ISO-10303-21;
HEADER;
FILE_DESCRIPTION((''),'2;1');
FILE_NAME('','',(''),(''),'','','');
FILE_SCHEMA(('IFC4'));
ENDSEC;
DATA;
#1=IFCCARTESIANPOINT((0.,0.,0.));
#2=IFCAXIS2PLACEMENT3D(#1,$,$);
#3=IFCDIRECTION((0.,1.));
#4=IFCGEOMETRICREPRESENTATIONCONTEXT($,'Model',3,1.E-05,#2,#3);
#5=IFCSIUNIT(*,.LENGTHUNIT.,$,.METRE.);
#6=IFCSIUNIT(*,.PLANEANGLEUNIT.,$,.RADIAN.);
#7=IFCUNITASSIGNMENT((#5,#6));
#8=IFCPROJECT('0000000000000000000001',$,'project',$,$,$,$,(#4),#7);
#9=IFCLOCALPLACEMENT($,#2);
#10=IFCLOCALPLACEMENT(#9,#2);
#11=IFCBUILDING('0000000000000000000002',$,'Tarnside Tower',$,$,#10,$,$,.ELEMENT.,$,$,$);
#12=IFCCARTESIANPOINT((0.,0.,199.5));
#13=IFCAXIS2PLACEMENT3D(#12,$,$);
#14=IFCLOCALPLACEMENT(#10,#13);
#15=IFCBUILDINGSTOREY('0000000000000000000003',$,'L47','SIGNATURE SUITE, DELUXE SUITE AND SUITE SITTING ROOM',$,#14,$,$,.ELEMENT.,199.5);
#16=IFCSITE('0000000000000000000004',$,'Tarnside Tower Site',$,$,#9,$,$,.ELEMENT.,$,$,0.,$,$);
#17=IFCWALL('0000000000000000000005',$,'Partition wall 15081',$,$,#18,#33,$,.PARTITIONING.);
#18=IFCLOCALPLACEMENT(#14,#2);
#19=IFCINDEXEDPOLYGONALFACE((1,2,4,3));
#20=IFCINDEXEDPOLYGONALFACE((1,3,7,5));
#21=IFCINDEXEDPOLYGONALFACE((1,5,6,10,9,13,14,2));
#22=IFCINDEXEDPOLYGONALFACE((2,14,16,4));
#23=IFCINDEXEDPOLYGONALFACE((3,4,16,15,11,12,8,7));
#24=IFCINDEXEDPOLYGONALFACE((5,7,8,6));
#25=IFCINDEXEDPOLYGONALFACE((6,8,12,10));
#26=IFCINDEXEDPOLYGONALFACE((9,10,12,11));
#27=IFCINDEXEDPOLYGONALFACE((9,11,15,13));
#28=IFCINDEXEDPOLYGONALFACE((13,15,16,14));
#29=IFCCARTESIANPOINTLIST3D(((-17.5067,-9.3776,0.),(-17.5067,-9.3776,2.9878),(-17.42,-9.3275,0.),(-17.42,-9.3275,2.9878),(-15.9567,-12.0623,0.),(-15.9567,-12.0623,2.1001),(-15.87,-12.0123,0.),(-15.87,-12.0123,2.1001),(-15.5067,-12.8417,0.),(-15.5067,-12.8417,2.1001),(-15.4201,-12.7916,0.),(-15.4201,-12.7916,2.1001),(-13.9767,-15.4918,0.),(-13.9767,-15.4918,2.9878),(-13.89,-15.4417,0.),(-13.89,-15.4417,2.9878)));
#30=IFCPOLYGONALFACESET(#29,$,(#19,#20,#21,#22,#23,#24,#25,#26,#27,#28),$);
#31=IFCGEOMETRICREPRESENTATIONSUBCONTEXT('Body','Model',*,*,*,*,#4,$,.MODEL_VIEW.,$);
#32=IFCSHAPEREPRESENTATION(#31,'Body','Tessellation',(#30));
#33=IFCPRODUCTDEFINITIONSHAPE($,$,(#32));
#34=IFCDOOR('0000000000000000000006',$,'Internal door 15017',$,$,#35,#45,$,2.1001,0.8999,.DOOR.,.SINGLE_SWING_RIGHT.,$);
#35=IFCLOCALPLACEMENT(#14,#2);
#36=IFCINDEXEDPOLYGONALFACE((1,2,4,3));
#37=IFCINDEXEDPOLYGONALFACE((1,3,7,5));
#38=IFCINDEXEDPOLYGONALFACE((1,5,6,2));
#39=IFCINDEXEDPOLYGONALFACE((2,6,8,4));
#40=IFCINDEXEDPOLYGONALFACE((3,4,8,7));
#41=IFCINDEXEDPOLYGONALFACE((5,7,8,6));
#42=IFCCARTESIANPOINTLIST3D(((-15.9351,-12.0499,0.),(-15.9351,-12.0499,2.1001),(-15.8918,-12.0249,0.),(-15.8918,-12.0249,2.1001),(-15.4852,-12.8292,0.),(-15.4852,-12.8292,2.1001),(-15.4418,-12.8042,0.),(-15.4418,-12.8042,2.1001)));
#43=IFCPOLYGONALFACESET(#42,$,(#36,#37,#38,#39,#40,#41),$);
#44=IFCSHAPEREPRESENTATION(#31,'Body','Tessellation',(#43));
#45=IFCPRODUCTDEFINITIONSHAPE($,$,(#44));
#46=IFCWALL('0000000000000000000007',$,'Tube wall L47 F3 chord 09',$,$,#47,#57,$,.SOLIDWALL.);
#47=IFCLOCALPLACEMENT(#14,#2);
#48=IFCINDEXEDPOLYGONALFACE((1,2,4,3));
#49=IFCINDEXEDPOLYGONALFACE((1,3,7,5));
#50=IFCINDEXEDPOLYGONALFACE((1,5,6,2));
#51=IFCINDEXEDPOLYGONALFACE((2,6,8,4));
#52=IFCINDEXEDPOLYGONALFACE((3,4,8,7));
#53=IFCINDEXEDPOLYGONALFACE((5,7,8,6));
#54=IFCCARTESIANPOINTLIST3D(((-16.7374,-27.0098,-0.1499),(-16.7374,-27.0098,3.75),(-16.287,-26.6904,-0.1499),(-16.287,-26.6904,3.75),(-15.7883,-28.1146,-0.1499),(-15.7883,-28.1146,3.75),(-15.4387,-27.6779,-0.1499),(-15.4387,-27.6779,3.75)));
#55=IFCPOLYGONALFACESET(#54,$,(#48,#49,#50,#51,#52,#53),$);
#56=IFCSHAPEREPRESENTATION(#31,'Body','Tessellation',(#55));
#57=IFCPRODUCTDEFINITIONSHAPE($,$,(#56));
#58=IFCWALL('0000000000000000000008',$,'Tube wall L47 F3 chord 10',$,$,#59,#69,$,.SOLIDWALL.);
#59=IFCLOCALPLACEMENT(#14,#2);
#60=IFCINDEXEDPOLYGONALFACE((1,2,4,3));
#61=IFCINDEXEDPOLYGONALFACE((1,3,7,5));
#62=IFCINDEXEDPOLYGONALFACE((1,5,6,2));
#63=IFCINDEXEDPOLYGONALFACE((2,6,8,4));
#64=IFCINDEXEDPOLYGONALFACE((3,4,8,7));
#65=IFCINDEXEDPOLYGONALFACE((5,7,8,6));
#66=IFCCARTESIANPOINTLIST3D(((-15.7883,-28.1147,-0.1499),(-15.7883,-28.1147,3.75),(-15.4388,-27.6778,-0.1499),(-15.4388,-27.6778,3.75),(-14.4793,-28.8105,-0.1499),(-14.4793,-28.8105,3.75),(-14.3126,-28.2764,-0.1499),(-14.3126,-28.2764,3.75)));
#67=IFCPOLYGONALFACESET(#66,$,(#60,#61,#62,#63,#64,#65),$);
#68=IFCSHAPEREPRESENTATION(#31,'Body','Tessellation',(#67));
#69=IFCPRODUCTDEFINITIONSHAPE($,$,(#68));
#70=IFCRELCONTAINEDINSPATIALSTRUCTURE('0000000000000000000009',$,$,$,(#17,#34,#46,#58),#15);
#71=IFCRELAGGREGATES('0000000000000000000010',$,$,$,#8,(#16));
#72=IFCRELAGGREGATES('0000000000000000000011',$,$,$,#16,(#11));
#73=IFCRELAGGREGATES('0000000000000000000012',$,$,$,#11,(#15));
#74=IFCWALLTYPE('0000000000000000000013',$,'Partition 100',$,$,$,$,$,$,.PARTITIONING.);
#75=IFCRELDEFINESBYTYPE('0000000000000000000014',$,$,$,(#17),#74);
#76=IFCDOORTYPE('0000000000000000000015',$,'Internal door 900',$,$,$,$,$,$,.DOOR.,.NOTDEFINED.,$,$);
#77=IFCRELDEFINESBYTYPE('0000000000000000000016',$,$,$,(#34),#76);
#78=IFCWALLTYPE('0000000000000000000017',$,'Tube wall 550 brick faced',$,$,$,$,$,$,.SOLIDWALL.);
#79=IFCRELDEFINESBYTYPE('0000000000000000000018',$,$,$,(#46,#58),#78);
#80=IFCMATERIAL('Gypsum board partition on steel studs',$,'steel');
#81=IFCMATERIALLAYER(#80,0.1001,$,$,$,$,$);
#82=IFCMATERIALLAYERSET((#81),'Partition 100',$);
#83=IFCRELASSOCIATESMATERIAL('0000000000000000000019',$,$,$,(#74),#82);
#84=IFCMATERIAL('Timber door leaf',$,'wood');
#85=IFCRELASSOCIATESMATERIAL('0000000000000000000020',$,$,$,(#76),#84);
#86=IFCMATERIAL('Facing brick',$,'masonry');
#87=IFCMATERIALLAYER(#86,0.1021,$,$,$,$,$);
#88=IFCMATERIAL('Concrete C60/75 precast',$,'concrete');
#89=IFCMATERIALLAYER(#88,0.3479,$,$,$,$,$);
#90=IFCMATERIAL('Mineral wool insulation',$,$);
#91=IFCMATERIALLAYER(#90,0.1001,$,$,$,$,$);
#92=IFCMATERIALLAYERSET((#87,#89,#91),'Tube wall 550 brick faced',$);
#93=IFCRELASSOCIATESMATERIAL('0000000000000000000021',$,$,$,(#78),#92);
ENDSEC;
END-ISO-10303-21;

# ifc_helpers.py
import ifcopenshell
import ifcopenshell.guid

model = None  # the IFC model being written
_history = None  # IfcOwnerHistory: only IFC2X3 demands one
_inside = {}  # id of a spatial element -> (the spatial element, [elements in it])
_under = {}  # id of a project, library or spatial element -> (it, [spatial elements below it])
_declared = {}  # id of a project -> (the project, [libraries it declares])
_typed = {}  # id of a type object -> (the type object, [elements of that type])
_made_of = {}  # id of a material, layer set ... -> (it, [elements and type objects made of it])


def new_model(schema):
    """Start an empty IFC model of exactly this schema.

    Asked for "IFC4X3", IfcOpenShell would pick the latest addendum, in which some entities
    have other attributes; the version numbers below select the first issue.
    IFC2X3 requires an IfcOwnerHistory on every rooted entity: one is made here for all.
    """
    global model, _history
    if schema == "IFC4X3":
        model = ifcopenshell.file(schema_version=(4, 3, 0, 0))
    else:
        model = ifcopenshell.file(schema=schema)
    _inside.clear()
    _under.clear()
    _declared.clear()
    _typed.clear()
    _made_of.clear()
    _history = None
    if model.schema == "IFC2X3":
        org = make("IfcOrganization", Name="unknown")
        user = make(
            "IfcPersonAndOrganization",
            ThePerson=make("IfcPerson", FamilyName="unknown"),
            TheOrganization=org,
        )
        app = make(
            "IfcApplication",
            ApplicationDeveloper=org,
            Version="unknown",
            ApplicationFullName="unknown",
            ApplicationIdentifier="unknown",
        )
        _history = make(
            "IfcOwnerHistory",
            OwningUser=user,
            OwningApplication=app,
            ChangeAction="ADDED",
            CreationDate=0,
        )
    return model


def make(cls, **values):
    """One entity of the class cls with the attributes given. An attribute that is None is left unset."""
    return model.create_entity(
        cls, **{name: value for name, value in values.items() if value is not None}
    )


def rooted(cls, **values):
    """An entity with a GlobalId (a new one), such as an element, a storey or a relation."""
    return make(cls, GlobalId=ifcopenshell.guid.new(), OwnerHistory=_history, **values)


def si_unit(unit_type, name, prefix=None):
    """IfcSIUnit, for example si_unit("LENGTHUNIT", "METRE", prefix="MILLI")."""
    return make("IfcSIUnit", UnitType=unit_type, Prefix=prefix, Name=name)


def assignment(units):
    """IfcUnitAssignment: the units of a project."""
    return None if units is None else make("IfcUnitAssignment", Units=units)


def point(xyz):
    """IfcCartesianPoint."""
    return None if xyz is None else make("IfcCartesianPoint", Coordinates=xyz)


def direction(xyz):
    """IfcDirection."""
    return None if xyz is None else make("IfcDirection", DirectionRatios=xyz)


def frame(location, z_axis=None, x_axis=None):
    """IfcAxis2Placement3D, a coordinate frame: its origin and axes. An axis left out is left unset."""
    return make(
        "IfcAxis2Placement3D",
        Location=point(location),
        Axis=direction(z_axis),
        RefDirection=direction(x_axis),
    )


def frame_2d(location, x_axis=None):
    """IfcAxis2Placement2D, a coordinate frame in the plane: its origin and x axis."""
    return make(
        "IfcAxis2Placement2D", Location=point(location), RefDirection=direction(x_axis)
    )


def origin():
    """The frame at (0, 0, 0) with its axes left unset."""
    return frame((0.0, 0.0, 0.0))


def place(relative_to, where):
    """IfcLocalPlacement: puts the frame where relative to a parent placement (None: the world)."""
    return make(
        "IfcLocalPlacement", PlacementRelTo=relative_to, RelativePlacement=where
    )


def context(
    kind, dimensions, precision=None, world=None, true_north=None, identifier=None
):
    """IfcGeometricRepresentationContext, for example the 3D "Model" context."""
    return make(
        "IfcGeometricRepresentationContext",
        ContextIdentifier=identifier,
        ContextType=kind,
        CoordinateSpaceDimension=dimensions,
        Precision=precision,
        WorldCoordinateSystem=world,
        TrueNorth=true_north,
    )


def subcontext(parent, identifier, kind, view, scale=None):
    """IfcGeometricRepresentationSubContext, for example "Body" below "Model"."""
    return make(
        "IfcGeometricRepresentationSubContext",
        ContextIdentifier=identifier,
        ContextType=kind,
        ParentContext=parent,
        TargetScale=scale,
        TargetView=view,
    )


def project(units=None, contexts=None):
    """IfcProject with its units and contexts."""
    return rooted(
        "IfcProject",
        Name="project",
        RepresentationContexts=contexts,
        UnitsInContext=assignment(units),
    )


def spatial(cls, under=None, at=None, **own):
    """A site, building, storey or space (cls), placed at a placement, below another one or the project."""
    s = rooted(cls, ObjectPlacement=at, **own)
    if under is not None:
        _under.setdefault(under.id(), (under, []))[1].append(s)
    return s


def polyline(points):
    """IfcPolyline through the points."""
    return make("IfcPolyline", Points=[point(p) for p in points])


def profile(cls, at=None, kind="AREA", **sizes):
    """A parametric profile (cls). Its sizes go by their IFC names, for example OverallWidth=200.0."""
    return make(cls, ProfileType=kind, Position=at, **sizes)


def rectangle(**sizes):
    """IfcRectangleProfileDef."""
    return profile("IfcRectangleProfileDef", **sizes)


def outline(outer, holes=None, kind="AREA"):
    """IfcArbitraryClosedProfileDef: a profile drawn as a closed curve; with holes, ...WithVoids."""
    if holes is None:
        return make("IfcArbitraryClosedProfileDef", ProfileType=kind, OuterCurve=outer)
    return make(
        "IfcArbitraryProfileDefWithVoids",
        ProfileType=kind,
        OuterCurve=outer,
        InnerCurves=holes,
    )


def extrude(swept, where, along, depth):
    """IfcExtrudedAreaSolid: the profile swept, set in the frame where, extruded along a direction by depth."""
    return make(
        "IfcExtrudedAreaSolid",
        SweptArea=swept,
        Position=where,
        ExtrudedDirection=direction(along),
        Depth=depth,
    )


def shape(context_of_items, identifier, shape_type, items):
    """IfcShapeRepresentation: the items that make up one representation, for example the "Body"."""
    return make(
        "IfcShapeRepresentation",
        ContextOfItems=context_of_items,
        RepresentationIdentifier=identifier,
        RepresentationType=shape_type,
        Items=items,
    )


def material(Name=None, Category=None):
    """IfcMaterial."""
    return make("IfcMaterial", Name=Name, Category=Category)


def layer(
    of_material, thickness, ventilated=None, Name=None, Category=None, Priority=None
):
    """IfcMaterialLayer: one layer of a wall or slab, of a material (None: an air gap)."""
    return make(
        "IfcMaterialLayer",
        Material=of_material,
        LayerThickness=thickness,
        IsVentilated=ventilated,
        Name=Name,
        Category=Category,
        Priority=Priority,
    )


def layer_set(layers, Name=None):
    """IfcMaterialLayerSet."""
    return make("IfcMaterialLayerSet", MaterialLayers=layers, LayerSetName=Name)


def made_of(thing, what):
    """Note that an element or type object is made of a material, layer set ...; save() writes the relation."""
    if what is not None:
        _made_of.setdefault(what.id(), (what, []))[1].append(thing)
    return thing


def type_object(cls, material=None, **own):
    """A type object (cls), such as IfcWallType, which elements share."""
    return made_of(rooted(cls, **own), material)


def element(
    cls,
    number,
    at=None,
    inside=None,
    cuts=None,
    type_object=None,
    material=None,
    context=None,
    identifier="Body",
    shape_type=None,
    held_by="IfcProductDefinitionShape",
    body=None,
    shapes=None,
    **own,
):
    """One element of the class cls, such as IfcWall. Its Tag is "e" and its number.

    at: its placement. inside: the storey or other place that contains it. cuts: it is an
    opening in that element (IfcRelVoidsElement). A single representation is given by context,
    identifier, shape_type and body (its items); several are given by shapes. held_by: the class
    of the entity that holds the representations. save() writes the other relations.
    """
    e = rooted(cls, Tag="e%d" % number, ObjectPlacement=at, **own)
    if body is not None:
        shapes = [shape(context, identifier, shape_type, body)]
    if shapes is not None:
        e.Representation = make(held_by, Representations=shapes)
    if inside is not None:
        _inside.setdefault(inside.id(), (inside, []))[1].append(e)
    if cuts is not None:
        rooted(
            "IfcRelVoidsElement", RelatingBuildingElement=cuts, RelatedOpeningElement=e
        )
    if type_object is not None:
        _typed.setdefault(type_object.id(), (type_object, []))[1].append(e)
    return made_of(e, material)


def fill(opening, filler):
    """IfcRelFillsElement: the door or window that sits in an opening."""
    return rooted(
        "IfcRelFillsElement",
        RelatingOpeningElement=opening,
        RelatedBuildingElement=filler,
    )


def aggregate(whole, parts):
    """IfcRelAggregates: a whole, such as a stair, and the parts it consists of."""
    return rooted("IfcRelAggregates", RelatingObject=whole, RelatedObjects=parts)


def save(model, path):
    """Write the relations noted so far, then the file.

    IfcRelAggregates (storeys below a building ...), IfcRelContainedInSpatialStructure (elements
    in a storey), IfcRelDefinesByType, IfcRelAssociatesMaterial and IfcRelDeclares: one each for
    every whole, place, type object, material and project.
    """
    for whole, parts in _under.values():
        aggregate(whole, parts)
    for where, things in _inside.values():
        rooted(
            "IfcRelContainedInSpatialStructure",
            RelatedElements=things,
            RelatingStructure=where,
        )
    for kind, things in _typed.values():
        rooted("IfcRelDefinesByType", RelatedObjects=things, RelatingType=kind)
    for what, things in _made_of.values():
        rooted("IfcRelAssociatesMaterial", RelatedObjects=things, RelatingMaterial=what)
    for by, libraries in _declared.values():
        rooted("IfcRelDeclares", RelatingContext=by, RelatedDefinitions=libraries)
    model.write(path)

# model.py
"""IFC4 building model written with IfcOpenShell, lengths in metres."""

from ifc_helpers import new_model, si_unit, direction, frame, frame_2d, origin, place, context, subcontext, project, spatial, polyline, rectangle, outline, extrude, material, layer, layer_set, type_object, element, fill, save


model = new_model("IFC4")

# Units and contexts
model_context = context("Model", 3, precision=1e-05, world=origin(), true_north=direction((0.0, 1.0)))
body_context = subcontext(model_context, "Body", "Model", "MODEL_VIEW")
ifc_project = project(units=[si_unit("LENGTHUNIT", "METRE"), si_unit("PLANEANGLEUNIT", "RADIAN")], contexts=[model_context])

# Site, building, storey
site_placement = place(None, origin())
site = spatial("IfcSite", under=ifc_project, at=site_placement, Name="Tarnside Tower Site", CompositionType="ELEMENT", RefElevation=0.0)
building_placement = place(site_placement, origin())
building = spatial("IfcBuilding", under=site, at=building_placement, Name="Tarnside Tower", CompositionType="ELEMENT")
storey_placement = place(building_placement, frame((0.0, 0.0, 199.5)))
storey = spatial("IfcBuildingStorey", under=building, at=storey_placement, Name="L47", Description="SIGNATURE SUITE, DELUXE SUITE AND SUITE SITTING ROOM", CompositionType="ELEMENT", Elevation=199.5)

# Shared definitions
ifc_material_1 = material(Name="Gypsum board partition on steel studs", Category="steel")

# Shared definitions
ifc_layer_1 = layer(ifc_material_1, 0.1001)
ifc_layer_set_1 = layer_set([ifc_layer_1], Name="Partition 100")
wall_type_1 = type_object("IfcWallType", Name="Partition 100", PredefinedType="PARTITIONING", material=ifc_layer_set_1)
ifc_material_2 = material(Name="Timber door leaf", Category="wood")
door_type = type_object("IfcDoorType", Name="Internal door 900", OperationType="NOTDEFINED", PredefinedType="DOOR", material=ifc_material_2)

# Wall, opening, door
wall_1_placement = place(storey_placement, frame((-17.4634, -9.3525, 0.0), z_axis=(0.0, 0.0, 1.0), x_axis=(0.499996, -0.866028, 0.0)))
wall_1 = element("IfcWall", 1, at=wall_1_placement, inside=storey, type_object=wall_type_1, Name="Partition wall 15081", PredefinedType="PARTITIONING", context=body_context, shape_type="SweptSolid", body=[
    extrude(rectangle(XDim=7.0601, YDim=0.1001, at=frame_2d((3.53, 0.0))), origin(), (0.0, 0.0, 1.0), 2.9878),
])
opening_1_placement = place(wall_1_placement, frame((3.1001, 0.0, 0.0)))
opening_1 = element("IfcOpeningElement", 2, at=opening_1_placement, cuts=wall_1, PredefinedType="OPENING", context=body_context, shape_type="SweptSolid", body=[
    extrude(rectangle(XDim=0.8999, YDim=2.1001, at=frame_2d((0.45, 1.05))), frame((0.0, 0.0601, 0.0), z_axis=(0.0, -1.0, 0.0), x_axis=(1.0, 0.0, 0.0)), (0.0, 0.0, 1.0), 0.1201),
])
door_1_placement = place(opening_1_placement, origin())
door_1 = element("IfcDoor", 3, at=door_1_placement, inside=storey, type_object=door_type, Name="Internal door 15017", OperationType="SINGLE_SWING_RIGHT", OverallHeight=2.1001, OverallWidth=0.8999, PredefinedType="DOOR", context=body_context, shape_type="SweptSolid", body=[
    extrude(rectangle(XDim=0.8999, YDim=2.1001, at=frame_2d((0.45, 1.05))), frame((0.0, 0.0249, 0.0), z_axis=(0.0, -1.0, 0.0), x_axis=(1.0, 0.0, 0.0)), (0.0, 0.0, 1.0), 0.05),
])
fill(opening_1, door_1)

# Walls
ifc_material_3 = material(Name="Facing brick", Category="masonry")
ifc_layer_2 = layer(ifc_material_3, 0.1021)
ifc_material_4 = material(Name="Concrete C60/75 precast", Category="concrete")
ifc_layer_3 = layer(ifc_material_4, 0.3479)
ifc_material_5 = material(Name="Mineral wool insulation")
ifc_layer_4 = layer(ifc_material_5, 0.1001)
ifc_layer_set_2 = layer_set([ifc_layer_2, ifc_layer_3, ifc_layer_4], Name="Tube wall 550 brick faced")
wall_type_2 = type_object("IfcWallType", Name="Tube wall 550 brick faced", PredefinedType="SOLIDWALL", material=ifc_layer_set_2)
wall_2_placement = place(storey_placement, frame((-16.5122, -26.8501, -0.1499), z_axis=(0.0, 0.0, 1.0), x_axis=(0.651622, -0.758544, 0.0)))
element("IfcWall", 4, at=wall_2_placement, inside=storey, type_object=wall_type_2, Name="Tube wall L47 F3 chord 09", PredefinedType="SOLIDWALL", context=body_context, shape_type="SweptSolid", body=[
    extrude(outline(polyline([(-0.0256, -0.2749), (1.4309, -0.2749), (1.3274, 0.2749), (0.0256, 0.2749), (-0.0256, -0.2749)])), origin(), (0.0, 0.0, 1.0), 3.8999),
])
wall_3_placement = place(storey_placement, frame((-15.6135, -27.8962, -0.1499), z_axis=(0.0, 0.0, 1.0), x_axis=(0.882994, -0.469384, 0.0)))
element("IfcWall", 5, at=wall_3_placement, inside=storey, type_object=wall_type_2, Name="Tube wall L47 F3 chord 10", PredefinedType="SOLIDWALL", context=body_context, shape_type="SweptSolid", body=[
    extrude(outline(polyline([(-0.0518, -0.2749), (1.4307, -0.2749), (1.3271, 0.2749), (0.0518, 0.2749), (-0.0518, -0.2749)])), origin(), (0.0, 0.0, 1.0), 3.8999),
])

save(model, "model.ifc")
